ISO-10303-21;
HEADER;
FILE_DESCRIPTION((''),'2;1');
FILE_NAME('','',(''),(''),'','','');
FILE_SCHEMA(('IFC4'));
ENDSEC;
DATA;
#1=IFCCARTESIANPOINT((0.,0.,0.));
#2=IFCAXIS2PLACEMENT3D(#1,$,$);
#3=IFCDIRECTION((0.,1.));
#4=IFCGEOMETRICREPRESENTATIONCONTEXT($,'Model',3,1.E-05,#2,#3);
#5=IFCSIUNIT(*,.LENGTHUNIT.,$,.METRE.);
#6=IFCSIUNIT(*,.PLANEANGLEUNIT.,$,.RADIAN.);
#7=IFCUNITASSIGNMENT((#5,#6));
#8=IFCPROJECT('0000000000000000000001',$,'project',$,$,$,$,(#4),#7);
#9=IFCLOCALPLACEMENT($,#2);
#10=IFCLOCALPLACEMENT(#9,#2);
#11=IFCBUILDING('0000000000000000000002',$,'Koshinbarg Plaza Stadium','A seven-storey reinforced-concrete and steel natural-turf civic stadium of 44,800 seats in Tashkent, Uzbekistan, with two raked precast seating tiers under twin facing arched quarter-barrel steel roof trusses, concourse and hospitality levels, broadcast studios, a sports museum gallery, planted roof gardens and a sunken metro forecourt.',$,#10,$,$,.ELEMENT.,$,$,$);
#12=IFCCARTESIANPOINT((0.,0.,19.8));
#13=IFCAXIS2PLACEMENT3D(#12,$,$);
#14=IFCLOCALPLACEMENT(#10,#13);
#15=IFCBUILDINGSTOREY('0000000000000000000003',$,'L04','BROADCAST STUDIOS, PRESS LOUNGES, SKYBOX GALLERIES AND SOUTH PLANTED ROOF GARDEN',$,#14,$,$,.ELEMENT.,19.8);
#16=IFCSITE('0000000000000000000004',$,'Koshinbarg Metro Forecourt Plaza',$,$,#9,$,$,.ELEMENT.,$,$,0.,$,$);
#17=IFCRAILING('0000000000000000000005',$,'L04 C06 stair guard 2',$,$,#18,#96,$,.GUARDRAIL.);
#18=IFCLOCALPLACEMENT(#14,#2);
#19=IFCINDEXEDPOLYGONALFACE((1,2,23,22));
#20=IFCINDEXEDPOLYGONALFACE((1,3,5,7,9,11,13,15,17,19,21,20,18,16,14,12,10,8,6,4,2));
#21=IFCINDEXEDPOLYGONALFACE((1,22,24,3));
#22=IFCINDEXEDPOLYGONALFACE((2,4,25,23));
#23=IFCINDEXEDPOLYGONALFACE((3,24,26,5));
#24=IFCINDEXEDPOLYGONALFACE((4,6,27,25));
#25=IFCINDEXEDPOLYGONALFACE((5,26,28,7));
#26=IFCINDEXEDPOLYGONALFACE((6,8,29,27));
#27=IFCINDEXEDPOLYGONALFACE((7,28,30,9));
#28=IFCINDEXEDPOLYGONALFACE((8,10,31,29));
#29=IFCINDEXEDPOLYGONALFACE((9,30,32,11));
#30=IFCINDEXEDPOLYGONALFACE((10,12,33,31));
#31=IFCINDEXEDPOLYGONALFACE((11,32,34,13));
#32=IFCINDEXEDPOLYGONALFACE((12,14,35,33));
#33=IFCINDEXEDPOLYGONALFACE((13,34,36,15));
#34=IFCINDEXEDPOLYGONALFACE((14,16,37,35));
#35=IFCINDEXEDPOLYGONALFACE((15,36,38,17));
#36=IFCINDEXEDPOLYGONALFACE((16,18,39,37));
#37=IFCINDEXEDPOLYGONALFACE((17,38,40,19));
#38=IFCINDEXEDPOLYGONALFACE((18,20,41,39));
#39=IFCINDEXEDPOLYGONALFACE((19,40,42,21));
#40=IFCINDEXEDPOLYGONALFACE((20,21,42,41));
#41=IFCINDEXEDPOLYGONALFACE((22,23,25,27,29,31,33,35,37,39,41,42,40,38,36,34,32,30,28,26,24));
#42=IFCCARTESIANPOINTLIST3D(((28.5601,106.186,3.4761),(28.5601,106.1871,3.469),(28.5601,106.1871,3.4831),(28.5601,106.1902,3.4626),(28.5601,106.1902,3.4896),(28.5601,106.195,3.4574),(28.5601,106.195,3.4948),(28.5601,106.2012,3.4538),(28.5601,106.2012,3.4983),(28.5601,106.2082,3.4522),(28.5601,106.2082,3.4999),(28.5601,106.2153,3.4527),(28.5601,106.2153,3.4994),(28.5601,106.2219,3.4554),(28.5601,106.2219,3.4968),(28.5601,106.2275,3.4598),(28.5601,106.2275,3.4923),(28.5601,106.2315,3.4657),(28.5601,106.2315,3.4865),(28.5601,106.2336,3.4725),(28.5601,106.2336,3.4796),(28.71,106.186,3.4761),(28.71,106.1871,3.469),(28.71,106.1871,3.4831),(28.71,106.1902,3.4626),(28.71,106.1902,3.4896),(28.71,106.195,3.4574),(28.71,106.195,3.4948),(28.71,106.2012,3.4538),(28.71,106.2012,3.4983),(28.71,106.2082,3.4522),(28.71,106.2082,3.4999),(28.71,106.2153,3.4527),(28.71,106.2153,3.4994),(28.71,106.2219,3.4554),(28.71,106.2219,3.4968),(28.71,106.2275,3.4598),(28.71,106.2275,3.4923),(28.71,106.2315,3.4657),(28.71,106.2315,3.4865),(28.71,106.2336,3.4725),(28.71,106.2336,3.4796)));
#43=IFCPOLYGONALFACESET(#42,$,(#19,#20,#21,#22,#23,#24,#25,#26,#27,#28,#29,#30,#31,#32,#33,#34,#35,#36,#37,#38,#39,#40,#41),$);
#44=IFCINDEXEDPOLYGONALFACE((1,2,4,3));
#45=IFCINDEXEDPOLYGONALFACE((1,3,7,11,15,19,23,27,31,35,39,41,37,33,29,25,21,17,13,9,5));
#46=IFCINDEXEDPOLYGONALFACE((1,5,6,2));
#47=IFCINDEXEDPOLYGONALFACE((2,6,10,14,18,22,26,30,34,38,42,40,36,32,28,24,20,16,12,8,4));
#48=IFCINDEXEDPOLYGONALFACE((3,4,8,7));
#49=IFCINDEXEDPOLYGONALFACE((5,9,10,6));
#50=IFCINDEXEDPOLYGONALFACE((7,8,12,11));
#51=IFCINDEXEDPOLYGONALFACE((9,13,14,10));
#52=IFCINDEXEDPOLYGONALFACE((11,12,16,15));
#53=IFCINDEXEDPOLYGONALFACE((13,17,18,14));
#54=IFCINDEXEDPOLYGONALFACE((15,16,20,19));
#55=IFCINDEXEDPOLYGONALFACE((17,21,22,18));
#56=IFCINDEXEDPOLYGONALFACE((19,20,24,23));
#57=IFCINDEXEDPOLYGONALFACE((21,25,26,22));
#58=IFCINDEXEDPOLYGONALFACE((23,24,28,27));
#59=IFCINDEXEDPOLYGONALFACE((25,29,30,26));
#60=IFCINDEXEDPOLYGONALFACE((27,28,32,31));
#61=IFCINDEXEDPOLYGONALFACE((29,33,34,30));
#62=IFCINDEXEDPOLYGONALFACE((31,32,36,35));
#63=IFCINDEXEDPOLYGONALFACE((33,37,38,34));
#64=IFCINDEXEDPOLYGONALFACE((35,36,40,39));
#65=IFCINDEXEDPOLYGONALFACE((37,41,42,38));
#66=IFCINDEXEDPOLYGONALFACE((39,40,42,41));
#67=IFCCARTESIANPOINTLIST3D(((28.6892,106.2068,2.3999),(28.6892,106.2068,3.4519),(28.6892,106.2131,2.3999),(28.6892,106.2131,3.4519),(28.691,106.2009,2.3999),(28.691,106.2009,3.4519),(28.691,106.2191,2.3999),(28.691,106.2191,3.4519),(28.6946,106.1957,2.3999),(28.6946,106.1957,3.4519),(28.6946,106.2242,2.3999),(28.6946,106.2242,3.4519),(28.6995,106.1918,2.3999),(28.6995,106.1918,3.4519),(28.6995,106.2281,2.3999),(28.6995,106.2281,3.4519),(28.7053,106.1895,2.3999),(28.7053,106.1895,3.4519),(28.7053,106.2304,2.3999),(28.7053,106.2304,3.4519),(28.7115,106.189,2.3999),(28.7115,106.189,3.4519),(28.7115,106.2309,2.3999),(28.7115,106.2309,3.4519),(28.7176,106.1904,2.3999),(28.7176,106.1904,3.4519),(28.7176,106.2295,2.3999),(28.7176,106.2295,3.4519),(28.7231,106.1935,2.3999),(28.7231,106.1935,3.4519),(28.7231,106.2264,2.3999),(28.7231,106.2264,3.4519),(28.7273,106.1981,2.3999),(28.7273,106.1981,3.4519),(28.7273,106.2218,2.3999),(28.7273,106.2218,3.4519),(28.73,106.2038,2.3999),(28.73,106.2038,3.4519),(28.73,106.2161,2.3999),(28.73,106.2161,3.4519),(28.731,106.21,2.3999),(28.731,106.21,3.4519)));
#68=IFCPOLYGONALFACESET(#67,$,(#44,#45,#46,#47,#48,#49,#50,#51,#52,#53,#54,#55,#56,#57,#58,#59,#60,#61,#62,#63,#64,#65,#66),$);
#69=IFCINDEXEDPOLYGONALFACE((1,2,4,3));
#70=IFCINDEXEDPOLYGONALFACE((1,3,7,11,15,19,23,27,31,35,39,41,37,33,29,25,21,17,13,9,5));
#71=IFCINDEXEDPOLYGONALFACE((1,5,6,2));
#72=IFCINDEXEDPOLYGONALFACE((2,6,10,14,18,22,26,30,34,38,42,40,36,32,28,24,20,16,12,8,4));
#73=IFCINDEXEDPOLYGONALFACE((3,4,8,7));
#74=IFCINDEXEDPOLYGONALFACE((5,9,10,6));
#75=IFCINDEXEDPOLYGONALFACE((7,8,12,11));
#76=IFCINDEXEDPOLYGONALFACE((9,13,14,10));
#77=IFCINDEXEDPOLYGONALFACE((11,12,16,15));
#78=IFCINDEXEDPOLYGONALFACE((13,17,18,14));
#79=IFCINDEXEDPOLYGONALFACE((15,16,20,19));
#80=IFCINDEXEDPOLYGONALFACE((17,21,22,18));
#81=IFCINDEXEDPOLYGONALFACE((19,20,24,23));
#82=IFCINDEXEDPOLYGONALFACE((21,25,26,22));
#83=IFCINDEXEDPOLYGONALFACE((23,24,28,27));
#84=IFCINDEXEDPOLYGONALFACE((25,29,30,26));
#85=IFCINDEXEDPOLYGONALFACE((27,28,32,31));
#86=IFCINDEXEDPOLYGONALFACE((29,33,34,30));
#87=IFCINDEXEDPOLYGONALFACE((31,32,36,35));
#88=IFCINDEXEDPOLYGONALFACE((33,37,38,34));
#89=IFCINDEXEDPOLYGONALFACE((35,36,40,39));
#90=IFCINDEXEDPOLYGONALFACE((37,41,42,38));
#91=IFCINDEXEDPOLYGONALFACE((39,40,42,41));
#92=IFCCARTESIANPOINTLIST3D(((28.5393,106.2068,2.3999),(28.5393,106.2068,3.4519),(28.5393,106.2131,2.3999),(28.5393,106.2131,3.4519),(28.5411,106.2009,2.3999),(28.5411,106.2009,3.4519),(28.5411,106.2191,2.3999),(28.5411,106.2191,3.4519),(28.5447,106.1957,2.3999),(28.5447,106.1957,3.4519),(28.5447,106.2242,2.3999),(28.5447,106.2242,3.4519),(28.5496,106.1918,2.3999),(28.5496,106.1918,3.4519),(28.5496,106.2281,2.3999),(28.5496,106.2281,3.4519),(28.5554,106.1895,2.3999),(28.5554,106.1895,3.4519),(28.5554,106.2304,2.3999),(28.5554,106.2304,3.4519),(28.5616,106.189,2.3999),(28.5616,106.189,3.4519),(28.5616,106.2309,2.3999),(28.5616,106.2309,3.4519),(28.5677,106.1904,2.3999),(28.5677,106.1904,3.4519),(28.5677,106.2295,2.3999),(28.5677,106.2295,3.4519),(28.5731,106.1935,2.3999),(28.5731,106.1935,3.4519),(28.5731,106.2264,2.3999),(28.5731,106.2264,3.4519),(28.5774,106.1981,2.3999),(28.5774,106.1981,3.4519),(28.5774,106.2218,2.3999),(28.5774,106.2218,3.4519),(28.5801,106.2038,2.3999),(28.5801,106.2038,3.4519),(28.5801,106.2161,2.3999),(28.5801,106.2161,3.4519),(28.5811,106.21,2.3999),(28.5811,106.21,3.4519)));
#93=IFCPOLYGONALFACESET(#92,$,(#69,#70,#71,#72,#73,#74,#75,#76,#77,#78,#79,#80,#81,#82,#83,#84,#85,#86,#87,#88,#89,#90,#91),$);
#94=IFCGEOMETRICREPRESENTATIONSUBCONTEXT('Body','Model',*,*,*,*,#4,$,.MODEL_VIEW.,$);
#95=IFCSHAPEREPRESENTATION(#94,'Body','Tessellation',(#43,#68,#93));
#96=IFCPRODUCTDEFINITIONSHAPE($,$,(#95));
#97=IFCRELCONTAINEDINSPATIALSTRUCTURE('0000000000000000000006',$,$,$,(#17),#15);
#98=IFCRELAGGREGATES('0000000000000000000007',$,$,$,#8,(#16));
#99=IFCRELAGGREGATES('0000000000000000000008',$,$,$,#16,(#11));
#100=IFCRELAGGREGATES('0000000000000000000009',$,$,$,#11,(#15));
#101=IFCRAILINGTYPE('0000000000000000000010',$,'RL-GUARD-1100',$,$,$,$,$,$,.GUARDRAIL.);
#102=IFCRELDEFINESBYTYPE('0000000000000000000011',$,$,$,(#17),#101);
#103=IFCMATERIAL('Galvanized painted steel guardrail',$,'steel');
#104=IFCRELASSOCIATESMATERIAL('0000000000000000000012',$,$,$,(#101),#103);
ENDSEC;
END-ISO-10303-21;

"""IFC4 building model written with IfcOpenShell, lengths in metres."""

from ifc_helpers import new_model, si_unit, direction, frame, origin, origin_2d, place, context, subcontext, project, spatial, circle, extrude, material, type_object, element, save


model = new_model("IFC4")

# Units and contexts
model_context = context("Model", 3, precision=1e-05, world=origin(), true_north=direction((0.0, 1.0)))
body_context = subcontext(model_context, "Body", "Model", "MODEL_VIEW")
ifc_project = project(units=[si_unit("LENGTHUNIT", "METRE"), si_unit("PLANEANGLEUNIT", "RADIAN")], contexts=[model_context])

# Site, building, storey
site_placement = place(None, origin())
site = spatial("IfcSite", under=ifc_project, at=site_placement, Name="Koshinbarg Metro Forecourt Plaza", CompositionType="ELEMENT", RefElevation=0.0)
building_placement = place(site_placement, origin())
building = spatial("IfcBuilding", under=site, at=building_placement, Name="Koshinbarg Plaza Stadium", Description="A seven-storey reinforced-concrete and steel natural-turf civic stadium of 44,800 seats in Tashkent, Uzbekistan, with two raked precast seating tiers under twin facing arched quarter-barrel steel roof trusses, concourse and hospitality levels, broadcast studios, a sports museum gallery, planted roof gardens and a sunken metro forecourt.", CompositionType="ELEMENT")
storey_placement = place(building_placement, frame((0.0, 0.0, 19.8)))
storey = spatial("IfcBuildingStorey", under=building, at=storey_placement, Name="L04", Description="BROADCAST STUDIOS, PRESS LOUNGES, SKYBOX GALLERIES AND SOUTH PLANTED ROOF GARDEN", CompositionType="ELEMENT", Elevation=19.8)

# Railing
ifc_material_1 = material(Name="Galvanized painted steel guardrail", Category="steel")
railing_type_1 = type_object("IfcRailingType", Name="RL-GUARD-1100", PredefinedType="GUARDRAIL", material=ifc_material_1)
railing_1_placement = place(storey_placement, frame((28.71, 106.21, 2.3999)))
element("IfcRailing", 1, at=railing_1_placement, inside=storey, type_object=railing_type_1, Name="L04 C06 stair guard 2", PredefinedType="GUARDRAIL", context=body_context, shape_type="SweptSolid", body=[
    extrude(circle(Radius=0.0239, at=origin_2d()), frame((0.0, 0.0, 1.0762), z_axis=(-1.0, 0.0, 0.0), x_axis=(0.0, -1.0, 0.0)), (0.0, 0.0, 1.0), 0.1499),
    extrude(circle(Radius=0.021, at=origin_2d()), origin(), (0.0, 0.0, 1.0), 1.052),
    extrude(circle(Radius=0.021, at=origin_2d()), frame((-0.1499, 0.0, 0.0)), (0.0, 0.0, 1.0), 1.052),
])

save(model, "model.ifc")
